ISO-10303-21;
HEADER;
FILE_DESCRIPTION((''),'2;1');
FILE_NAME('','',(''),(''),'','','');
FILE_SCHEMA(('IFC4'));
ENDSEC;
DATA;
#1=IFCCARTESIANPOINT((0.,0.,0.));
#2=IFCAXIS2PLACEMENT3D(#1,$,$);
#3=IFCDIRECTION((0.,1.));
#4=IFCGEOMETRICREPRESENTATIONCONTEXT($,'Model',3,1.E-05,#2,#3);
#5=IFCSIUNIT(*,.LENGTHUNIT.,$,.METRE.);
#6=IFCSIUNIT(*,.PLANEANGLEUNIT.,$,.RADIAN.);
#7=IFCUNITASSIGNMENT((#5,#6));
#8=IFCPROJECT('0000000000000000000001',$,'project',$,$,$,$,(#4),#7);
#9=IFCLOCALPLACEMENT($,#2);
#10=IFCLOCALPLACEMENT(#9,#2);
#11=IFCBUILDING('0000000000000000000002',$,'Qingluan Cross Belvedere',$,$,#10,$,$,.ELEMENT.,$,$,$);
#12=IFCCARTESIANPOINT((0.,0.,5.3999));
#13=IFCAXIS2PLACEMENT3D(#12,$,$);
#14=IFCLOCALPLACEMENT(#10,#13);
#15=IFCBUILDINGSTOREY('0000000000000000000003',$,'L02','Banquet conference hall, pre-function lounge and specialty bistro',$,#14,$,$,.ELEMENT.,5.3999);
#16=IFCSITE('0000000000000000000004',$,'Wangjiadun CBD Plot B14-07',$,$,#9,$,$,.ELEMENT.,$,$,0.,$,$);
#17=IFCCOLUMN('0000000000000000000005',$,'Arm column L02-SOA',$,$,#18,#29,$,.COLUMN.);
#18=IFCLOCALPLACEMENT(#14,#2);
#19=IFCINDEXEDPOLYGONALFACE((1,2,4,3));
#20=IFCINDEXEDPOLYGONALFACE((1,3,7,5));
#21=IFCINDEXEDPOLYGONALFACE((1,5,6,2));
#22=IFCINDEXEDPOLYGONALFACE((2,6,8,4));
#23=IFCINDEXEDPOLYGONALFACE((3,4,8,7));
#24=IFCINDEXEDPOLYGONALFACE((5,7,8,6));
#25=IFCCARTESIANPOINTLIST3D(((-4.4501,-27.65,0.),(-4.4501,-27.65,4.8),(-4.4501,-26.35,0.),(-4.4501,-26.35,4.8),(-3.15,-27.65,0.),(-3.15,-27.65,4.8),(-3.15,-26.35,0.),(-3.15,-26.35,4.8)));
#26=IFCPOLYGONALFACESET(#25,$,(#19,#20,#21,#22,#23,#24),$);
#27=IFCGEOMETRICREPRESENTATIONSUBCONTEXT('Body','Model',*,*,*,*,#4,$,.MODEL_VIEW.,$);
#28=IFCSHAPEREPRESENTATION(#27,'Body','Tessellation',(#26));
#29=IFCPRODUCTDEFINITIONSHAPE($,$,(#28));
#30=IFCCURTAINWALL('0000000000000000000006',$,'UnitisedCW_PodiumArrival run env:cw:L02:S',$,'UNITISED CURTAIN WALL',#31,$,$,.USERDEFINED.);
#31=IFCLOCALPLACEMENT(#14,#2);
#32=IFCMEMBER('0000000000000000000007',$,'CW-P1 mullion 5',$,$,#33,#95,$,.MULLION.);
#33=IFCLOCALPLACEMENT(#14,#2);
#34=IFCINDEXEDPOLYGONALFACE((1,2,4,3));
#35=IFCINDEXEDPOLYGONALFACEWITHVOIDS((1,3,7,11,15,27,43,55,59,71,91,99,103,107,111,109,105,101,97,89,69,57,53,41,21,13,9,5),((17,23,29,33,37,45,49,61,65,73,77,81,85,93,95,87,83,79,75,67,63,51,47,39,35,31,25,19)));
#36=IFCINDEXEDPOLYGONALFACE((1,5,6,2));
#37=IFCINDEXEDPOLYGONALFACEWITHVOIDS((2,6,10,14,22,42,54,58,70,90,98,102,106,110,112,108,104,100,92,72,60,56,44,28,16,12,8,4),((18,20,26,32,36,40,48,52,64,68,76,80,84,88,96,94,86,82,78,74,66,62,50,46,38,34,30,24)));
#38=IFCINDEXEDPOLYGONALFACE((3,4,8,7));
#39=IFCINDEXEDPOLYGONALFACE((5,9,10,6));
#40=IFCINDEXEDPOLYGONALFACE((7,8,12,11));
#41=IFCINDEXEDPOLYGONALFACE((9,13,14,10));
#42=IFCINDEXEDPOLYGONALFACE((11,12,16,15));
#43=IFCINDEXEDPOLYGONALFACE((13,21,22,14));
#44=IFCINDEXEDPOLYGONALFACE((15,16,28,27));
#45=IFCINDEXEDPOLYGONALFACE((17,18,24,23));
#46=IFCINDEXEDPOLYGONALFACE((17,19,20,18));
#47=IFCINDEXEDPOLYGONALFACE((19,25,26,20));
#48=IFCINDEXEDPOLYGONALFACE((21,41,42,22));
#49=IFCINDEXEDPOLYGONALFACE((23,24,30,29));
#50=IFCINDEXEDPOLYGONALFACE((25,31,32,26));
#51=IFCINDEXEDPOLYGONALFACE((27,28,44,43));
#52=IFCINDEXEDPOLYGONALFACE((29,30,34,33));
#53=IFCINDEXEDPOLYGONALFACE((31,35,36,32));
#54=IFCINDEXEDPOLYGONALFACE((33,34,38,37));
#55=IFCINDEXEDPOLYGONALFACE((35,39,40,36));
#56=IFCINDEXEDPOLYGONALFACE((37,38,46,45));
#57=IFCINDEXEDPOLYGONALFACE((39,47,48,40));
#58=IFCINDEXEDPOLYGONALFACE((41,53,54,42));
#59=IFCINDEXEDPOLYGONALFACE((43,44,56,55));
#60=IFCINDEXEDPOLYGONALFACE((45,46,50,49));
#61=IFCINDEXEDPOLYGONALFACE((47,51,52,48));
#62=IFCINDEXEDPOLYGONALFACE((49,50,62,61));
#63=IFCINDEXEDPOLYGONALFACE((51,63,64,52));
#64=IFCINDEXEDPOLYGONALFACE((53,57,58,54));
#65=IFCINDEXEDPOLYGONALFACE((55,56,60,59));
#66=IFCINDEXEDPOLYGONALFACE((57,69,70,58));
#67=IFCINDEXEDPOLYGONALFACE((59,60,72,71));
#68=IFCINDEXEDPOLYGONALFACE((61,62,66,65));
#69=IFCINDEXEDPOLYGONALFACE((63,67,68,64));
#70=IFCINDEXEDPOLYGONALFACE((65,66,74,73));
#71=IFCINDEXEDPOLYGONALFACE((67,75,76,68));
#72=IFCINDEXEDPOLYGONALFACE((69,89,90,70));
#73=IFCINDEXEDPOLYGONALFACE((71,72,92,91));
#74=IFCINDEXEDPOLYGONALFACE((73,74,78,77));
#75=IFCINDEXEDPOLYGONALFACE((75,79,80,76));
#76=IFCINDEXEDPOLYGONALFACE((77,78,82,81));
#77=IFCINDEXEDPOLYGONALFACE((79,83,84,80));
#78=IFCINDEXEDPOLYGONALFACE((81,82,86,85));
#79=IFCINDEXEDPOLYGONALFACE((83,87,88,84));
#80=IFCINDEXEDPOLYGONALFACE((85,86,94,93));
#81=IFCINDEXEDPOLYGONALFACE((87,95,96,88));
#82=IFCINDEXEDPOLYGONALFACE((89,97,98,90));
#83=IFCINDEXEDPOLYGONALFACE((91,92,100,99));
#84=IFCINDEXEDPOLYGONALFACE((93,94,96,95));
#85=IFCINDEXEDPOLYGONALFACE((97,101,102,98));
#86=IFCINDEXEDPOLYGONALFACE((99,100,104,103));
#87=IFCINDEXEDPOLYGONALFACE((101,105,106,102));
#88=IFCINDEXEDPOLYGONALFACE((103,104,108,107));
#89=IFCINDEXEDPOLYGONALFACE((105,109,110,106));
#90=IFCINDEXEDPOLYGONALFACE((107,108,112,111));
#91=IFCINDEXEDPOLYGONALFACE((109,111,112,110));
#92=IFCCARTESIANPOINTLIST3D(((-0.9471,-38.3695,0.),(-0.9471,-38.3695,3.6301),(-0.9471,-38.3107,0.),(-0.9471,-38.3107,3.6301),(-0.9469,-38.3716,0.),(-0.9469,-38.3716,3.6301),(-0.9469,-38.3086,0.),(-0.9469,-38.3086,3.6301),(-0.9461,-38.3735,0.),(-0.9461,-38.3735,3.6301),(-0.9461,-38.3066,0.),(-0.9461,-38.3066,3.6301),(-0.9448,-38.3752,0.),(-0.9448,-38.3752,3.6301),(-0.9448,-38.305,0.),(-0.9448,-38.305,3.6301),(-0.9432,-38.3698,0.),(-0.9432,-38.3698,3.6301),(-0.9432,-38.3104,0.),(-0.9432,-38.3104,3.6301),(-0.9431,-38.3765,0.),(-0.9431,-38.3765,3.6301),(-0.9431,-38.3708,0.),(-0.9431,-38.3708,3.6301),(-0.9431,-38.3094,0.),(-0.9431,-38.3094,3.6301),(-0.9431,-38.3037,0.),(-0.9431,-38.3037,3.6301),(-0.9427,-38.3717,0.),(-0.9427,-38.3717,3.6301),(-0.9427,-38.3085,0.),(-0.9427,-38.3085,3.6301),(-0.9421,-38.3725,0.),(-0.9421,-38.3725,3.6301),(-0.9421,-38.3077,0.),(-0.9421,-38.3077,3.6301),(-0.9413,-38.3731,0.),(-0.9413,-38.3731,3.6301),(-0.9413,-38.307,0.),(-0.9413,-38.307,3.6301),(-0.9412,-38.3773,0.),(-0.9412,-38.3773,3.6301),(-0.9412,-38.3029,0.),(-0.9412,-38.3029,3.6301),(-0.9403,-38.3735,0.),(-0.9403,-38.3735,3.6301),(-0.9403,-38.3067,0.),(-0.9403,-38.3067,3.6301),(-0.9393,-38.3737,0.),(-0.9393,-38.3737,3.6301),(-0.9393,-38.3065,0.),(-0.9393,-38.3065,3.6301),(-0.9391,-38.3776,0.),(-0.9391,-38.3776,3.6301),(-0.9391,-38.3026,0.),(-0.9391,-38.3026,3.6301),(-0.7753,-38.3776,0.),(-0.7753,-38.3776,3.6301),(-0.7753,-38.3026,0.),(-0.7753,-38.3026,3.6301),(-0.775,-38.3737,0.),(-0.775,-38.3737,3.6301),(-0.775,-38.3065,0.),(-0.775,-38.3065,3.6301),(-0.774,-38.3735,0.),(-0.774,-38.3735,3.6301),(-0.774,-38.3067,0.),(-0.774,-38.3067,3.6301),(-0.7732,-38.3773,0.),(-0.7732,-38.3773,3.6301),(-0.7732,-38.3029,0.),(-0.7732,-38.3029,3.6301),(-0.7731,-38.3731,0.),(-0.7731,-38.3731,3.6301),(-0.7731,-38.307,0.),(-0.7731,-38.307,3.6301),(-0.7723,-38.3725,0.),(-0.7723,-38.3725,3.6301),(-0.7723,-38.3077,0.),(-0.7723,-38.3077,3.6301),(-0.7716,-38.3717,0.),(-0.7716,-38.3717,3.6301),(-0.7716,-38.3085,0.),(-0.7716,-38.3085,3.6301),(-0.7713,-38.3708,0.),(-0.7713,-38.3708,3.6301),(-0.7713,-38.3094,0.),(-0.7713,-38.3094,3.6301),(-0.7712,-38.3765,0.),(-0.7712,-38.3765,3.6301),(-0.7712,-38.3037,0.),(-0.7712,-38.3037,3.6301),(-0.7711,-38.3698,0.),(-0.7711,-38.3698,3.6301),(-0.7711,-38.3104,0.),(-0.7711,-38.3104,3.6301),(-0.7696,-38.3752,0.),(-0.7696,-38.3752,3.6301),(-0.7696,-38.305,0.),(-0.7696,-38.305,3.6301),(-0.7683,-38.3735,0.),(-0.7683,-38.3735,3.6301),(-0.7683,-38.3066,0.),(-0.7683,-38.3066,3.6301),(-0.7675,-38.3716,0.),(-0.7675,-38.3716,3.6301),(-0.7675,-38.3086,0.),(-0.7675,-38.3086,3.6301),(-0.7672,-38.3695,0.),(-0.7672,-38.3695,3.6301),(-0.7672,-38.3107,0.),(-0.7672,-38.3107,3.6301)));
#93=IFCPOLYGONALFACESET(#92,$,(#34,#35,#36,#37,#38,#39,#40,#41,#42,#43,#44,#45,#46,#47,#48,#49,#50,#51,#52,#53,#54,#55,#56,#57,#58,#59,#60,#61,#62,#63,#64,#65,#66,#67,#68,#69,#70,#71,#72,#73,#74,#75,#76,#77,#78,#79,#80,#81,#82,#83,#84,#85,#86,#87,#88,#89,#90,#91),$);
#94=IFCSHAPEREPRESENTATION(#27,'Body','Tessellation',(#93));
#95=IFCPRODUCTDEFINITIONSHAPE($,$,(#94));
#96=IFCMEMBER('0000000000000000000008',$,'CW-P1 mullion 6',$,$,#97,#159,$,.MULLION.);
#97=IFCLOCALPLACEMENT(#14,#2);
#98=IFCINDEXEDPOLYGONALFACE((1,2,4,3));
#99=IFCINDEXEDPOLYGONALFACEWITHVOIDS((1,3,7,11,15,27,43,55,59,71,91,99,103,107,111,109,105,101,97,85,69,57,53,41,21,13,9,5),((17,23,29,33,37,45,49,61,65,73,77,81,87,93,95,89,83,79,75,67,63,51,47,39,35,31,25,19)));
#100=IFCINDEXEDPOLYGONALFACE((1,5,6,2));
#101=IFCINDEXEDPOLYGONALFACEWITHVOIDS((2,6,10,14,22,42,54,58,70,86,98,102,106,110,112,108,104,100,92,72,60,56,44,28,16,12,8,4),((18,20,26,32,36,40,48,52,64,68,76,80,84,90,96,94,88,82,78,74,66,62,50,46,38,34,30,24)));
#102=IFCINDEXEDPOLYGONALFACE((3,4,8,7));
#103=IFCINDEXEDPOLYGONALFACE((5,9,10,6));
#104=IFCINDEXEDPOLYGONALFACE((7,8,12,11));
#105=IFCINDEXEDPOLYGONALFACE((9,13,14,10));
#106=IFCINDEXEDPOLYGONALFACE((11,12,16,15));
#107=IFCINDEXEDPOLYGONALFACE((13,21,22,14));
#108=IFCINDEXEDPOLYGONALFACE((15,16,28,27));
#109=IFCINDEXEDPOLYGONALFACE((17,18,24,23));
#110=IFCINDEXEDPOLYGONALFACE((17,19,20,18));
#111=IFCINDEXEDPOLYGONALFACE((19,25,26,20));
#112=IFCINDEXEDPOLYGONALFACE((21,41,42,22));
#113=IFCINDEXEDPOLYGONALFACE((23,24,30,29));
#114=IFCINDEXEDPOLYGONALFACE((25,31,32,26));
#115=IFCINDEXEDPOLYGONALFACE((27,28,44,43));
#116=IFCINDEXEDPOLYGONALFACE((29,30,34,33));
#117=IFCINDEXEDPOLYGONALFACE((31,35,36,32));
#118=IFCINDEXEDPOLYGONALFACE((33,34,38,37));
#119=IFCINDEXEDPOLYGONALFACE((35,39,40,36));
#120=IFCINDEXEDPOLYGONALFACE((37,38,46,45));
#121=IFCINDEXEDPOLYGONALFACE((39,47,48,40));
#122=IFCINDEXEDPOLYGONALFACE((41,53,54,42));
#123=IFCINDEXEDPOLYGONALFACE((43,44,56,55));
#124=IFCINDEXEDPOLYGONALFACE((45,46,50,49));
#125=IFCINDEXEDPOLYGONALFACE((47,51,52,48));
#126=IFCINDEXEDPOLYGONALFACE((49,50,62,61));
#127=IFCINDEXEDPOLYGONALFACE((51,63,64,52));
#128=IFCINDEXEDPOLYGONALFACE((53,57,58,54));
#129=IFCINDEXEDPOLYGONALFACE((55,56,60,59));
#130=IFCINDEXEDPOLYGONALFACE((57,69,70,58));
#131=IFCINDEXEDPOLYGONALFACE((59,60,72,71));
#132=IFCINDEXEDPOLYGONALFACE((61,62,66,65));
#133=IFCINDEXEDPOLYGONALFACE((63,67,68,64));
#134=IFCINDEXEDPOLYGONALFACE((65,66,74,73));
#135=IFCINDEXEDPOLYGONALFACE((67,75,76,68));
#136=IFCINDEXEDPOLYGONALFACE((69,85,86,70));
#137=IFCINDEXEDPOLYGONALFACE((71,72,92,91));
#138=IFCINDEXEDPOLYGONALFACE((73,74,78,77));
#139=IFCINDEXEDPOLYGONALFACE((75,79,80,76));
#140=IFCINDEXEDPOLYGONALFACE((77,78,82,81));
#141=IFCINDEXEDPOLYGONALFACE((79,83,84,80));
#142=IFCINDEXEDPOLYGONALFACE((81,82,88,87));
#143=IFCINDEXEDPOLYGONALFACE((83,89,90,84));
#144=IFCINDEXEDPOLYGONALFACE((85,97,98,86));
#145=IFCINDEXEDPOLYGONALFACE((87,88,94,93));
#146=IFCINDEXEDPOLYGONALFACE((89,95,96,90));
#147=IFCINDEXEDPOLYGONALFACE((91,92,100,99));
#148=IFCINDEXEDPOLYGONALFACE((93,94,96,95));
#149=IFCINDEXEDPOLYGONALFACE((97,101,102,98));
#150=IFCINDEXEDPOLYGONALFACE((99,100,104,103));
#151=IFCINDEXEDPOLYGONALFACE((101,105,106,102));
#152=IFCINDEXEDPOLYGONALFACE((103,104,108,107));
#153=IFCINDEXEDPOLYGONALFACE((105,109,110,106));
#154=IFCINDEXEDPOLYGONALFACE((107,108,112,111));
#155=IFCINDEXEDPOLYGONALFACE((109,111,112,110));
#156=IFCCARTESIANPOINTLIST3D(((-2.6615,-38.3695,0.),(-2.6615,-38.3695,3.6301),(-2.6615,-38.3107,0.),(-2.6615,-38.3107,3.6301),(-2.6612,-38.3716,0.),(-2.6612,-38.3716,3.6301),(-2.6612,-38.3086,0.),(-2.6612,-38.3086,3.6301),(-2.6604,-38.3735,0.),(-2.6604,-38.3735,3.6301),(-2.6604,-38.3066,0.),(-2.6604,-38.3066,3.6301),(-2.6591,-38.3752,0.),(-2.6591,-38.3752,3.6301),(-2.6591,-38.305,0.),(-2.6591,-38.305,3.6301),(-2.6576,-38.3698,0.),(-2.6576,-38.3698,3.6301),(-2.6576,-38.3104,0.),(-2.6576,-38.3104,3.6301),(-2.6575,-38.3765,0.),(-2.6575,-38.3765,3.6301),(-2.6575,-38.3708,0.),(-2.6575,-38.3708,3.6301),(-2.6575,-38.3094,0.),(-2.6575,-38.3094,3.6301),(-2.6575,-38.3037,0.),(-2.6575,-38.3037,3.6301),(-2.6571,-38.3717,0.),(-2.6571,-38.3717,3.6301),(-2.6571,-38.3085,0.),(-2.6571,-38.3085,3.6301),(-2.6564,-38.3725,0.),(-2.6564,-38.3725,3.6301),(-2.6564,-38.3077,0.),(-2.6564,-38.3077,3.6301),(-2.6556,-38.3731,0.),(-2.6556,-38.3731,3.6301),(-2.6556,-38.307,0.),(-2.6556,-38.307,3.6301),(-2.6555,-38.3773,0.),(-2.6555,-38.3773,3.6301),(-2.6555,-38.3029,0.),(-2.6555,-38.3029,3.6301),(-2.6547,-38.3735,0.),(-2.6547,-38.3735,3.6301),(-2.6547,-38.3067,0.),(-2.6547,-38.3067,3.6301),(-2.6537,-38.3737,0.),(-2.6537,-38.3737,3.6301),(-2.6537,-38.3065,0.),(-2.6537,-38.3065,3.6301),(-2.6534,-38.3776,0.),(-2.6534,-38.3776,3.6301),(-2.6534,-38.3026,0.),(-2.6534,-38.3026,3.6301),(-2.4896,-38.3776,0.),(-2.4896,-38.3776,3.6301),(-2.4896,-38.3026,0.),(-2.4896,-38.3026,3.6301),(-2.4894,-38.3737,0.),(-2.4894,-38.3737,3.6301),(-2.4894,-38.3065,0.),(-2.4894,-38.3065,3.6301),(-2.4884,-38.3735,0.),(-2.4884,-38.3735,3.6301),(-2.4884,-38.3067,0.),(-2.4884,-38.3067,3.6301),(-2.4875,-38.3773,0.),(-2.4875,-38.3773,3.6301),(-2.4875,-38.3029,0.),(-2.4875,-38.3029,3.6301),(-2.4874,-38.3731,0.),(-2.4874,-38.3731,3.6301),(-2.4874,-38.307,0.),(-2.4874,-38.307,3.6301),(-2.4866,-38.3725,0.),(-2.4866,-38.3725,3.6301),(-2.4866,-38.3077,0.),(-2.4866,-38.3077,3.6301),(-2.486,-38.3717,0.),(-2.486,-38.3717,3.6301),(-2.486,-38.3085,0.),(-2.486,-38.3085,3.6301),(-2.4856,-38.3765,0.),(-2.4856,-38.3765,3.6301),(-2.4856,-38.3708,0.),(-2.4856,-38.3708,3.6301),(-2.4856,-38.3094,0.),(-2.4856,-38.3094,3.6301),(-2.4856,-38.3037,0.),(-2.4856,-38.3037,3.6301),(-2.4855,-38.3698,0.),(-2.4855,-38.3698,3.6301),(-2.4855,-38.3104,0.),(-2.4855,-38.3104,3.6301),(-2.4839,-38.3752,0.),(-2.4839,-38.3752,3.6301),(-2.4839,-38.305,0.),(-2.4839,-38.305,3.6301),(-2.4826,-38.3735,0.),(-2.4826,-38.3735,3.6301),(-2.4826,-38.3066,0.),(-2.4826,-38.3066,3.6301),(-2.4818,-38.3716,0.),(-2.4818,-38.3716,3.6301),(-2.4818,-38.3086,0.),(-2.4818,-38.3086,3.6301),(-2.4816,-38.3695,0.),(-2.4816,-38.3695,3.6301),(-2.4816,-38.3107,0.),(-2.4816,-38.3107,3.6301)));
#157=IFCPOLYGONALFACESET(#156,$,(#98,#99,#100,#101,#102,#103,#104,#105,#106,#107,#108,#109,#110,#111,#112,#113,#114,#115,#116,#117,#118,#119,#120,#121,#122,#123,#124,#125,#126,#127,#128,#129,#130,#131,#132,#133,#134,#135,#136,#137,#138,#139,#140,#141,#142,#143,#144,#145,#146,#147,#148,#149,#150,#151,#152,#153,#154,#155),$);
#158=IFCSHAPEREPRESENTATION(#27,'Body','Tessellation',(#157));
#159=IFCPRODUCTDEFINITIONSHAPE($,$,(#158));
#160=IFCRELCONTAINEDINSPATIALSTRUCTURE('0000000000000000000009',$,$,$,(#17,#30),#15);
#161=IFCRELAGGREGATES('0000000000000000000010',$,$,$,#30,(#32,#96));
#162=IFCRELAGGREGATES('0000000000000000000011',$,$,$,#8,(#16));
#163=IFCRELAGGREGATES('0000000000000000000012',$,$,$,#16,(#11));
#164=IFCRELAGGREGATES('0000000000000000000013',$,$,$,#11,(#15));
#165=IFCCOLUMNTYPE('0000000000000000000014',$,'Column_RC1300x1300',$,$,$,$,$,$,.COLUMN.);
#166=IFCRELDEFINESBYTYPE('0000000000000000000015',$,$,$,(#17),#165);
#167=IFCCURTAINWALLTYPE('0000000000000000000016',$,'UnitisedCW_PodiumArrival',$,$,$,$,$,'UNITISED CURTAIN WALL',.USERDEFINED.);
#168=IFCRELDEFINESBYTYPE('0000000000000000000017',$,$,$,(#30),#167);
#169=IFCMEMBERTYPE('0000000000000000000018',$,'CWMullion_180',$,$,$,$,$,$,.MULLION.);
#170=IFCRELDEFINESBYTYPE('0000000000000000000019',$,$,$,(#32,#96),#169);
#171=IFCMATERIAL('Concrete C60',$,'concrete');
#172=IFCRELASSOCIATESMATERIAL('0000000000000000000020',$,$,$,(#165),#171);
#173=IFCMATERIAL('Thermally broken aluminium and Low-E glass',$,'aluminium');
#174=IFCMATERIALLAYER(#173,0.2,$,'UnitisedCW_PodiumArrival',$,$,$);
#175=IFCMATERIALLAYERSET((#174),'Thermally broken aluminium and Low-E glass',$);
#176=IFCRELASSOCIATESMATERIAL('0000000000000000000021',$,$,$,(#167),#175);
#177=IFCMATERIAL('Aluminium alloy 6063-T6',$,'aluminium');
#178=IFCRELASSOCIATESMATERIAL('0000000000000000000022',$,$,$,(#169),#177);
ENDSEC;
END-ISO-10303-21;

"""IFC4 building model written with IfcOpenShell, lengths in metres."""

from ifc_helpers import new_model, si_unit, direction, frame, origin, origin_2d, place, context, subcontext, project, spatial, rectangle, hollow_rectangle, extrude, material, layer, layer_set, material_profile, profile_set, type_object, element, aggregate, save


model = new_model("IFC4")

# Units and contexts
model_context = context("Model", 3, precision=1e-05, world=origin(), true_north=direction((0.0, 1.0)))
body_context = subcontext(model_context, "Body", "Model", "MODEL_VIEW")
ifc_project = project(units=[si_unit("LENGTHUNIT", "METRE"), si_unit("PLANEANGLEUNIT", "RADIAN")], contexts=[model_context])

# Site, building, storey
site_placement = place(None, origin())
site = spatial("IfcSite", under=ifc_project, at=site_placement, Name="Wangjiadun CBD Plot B14-07", CompositionType="ELEMENT", RefElevation=0.0)
building_placement = place(site_placement, origin())
building = spatial("IfcBuilding", under=site, at=building_placement, Name="Qingluan Cross Belvedere", CompositionType="ELEMENT")
storey_placement = place(building_placement, frame((0.0, 0.0, 5.3999)))
storey = spatial("IfcBuildingStorey", under=building, at=storey_placement, Name="L02", Description="Banquet conference hall, pre-function lounge and specialty bistro", CompositionType="ELEMENT", Elevation=5.3999)

# Column
ifc_material_1 = material(Name="Concrete C60", Category="concrete")
ifc_material_profile_1 = material_profile(ifc_material_1, rectangle(XDim=1.3, YDim=1.3, at=origin_2d()), Name="RC1300x1300")
ifc_profile_set_1 = profile_set([ifc_material_profile_1], Name="Concrete C60")
column_type = type_object("IfcColumnType", Name="Column_RC1300x1300", PredefinedType="COLUMN", material=ifc_profile_set_1)
column_placement = place(storey_placement, frame((-3.8, -27.0, 0.0), z_axis=(0.0, 0.0, 1.0), x_axis=(1.0, 0.0, 0.0)))
element("IfcColumn", 1, at=column_placement, inside=storey, type_object=column_type, Name="Arm column L02-SOA", PredefinedType="COLUMN", context=body_context, shape_type="SweptSolid", body=[
    extrude(rectangle(XDim=1.3, YDim=1.3, at=origin_2d()), origin(), (0.0, 0.0, 1.0), 4.8),
])

# Curtain wall, members
ifc_material_2 = material(Name="Thermally broken aluminium and Low-E glass", Category="aluminium")
ifc_layer_1 = layer(ifc_material_2, 0.2, Name="UnitisedCW_PodiumArrival")
ifc_layer_set_1 = layer_set([ifc_layer_1], Name="Thermally broken aluminium and Low-E glass")
curtain_wall_type = type_object("IfcCurtainWallType", Name="UnitisedCW_PodiumArrival", ElementType="UNITISED CURTAIN WALL", PredefinedType="USERDEFINED", material=ifc_layer_set_1)
curtain_wall_placement = place(storey_placement, origin())
curtain_wall = element("IfcCurtainWall", 2, at=curtain_wall_placement, inside=storey, type_object=curtain_wall_type, Name="UnitisedCW_PodiumArrival run env:cw:L02:S", ObjectType="UNITISED CURTAIN WALL", PredefinedType="USERDEFINED")
ifc_material_3 = material(Name="Aluminium alloy 6063-T6", Category="aluminium")
ifc_material_profile_2 = material_profile(ifc_material_3, hollow_rectangle(XDim=0.075, YDim=0.1799, WallThickness=0.0039, InnerFilletRadius=0.0039, OuterFilletRadius=0.0081, at=origin_2d()), Name="CWM180x75x4")
ifc_profile_set_2 = profile_set([ifc_material_profile_2], Name="Aluminium alloy 6063-T6")
member_type_1 = type_object("IfcMemberType", Name="CWMullion_180", PredefinedType="MULLION", material=ifc_profile_set_2)
member_1_placement = place(storey_placement, frame((-0.8572, -38.3401, 0.0), z_axis=(0.0, 0.0, 1.0), x_axis=(0.0, -1.0, 0.0)))
member_1 = element("IfcMember", 3, at=member_1_placement, type_object=member_type_1, Name="CW-P1 mullion 5", PredefinedType="MULLION", context=body_context, shape_type="SweptSolid", body=[
    extrude(hollow_rectangle(XDim=0.075, YDim=0.1799, WallThickness=0.0039, InnerFilletRadius=0.0039, OuterFilletRadius=0.0081, at=origin_2d()), origin(), (0.0, 0.0, 1.0), 3.6301),
])
member_2_placement = place(storey_placement, frame((-2.5715, -38.3401, 0.0), z_axis=(0.0, 0.0, 1.0), x_axis=(0.0, -1.0, 0.0)))
member_2 = element("IfcMember", 4, at=member_2_placement, type_object=member_type_1, Name="CW-P1 mullion 6", PredefinedType="MULLION", context=body_context, shape_type="SweptSolid", body=[
    extrude(hollow_rectangle(XDim=0.075, YDim=0.1799, WallThickness=0.0039, InnerFilletRadius=0.0039, OuterFilletRadius=0.0081, at=origin_2d()), origin(), (0.0, 0.0, 1.0), 3.6301),
])

aggregate(curtain_wall, [member_1, member_2])

save(model, "model.ifc")
